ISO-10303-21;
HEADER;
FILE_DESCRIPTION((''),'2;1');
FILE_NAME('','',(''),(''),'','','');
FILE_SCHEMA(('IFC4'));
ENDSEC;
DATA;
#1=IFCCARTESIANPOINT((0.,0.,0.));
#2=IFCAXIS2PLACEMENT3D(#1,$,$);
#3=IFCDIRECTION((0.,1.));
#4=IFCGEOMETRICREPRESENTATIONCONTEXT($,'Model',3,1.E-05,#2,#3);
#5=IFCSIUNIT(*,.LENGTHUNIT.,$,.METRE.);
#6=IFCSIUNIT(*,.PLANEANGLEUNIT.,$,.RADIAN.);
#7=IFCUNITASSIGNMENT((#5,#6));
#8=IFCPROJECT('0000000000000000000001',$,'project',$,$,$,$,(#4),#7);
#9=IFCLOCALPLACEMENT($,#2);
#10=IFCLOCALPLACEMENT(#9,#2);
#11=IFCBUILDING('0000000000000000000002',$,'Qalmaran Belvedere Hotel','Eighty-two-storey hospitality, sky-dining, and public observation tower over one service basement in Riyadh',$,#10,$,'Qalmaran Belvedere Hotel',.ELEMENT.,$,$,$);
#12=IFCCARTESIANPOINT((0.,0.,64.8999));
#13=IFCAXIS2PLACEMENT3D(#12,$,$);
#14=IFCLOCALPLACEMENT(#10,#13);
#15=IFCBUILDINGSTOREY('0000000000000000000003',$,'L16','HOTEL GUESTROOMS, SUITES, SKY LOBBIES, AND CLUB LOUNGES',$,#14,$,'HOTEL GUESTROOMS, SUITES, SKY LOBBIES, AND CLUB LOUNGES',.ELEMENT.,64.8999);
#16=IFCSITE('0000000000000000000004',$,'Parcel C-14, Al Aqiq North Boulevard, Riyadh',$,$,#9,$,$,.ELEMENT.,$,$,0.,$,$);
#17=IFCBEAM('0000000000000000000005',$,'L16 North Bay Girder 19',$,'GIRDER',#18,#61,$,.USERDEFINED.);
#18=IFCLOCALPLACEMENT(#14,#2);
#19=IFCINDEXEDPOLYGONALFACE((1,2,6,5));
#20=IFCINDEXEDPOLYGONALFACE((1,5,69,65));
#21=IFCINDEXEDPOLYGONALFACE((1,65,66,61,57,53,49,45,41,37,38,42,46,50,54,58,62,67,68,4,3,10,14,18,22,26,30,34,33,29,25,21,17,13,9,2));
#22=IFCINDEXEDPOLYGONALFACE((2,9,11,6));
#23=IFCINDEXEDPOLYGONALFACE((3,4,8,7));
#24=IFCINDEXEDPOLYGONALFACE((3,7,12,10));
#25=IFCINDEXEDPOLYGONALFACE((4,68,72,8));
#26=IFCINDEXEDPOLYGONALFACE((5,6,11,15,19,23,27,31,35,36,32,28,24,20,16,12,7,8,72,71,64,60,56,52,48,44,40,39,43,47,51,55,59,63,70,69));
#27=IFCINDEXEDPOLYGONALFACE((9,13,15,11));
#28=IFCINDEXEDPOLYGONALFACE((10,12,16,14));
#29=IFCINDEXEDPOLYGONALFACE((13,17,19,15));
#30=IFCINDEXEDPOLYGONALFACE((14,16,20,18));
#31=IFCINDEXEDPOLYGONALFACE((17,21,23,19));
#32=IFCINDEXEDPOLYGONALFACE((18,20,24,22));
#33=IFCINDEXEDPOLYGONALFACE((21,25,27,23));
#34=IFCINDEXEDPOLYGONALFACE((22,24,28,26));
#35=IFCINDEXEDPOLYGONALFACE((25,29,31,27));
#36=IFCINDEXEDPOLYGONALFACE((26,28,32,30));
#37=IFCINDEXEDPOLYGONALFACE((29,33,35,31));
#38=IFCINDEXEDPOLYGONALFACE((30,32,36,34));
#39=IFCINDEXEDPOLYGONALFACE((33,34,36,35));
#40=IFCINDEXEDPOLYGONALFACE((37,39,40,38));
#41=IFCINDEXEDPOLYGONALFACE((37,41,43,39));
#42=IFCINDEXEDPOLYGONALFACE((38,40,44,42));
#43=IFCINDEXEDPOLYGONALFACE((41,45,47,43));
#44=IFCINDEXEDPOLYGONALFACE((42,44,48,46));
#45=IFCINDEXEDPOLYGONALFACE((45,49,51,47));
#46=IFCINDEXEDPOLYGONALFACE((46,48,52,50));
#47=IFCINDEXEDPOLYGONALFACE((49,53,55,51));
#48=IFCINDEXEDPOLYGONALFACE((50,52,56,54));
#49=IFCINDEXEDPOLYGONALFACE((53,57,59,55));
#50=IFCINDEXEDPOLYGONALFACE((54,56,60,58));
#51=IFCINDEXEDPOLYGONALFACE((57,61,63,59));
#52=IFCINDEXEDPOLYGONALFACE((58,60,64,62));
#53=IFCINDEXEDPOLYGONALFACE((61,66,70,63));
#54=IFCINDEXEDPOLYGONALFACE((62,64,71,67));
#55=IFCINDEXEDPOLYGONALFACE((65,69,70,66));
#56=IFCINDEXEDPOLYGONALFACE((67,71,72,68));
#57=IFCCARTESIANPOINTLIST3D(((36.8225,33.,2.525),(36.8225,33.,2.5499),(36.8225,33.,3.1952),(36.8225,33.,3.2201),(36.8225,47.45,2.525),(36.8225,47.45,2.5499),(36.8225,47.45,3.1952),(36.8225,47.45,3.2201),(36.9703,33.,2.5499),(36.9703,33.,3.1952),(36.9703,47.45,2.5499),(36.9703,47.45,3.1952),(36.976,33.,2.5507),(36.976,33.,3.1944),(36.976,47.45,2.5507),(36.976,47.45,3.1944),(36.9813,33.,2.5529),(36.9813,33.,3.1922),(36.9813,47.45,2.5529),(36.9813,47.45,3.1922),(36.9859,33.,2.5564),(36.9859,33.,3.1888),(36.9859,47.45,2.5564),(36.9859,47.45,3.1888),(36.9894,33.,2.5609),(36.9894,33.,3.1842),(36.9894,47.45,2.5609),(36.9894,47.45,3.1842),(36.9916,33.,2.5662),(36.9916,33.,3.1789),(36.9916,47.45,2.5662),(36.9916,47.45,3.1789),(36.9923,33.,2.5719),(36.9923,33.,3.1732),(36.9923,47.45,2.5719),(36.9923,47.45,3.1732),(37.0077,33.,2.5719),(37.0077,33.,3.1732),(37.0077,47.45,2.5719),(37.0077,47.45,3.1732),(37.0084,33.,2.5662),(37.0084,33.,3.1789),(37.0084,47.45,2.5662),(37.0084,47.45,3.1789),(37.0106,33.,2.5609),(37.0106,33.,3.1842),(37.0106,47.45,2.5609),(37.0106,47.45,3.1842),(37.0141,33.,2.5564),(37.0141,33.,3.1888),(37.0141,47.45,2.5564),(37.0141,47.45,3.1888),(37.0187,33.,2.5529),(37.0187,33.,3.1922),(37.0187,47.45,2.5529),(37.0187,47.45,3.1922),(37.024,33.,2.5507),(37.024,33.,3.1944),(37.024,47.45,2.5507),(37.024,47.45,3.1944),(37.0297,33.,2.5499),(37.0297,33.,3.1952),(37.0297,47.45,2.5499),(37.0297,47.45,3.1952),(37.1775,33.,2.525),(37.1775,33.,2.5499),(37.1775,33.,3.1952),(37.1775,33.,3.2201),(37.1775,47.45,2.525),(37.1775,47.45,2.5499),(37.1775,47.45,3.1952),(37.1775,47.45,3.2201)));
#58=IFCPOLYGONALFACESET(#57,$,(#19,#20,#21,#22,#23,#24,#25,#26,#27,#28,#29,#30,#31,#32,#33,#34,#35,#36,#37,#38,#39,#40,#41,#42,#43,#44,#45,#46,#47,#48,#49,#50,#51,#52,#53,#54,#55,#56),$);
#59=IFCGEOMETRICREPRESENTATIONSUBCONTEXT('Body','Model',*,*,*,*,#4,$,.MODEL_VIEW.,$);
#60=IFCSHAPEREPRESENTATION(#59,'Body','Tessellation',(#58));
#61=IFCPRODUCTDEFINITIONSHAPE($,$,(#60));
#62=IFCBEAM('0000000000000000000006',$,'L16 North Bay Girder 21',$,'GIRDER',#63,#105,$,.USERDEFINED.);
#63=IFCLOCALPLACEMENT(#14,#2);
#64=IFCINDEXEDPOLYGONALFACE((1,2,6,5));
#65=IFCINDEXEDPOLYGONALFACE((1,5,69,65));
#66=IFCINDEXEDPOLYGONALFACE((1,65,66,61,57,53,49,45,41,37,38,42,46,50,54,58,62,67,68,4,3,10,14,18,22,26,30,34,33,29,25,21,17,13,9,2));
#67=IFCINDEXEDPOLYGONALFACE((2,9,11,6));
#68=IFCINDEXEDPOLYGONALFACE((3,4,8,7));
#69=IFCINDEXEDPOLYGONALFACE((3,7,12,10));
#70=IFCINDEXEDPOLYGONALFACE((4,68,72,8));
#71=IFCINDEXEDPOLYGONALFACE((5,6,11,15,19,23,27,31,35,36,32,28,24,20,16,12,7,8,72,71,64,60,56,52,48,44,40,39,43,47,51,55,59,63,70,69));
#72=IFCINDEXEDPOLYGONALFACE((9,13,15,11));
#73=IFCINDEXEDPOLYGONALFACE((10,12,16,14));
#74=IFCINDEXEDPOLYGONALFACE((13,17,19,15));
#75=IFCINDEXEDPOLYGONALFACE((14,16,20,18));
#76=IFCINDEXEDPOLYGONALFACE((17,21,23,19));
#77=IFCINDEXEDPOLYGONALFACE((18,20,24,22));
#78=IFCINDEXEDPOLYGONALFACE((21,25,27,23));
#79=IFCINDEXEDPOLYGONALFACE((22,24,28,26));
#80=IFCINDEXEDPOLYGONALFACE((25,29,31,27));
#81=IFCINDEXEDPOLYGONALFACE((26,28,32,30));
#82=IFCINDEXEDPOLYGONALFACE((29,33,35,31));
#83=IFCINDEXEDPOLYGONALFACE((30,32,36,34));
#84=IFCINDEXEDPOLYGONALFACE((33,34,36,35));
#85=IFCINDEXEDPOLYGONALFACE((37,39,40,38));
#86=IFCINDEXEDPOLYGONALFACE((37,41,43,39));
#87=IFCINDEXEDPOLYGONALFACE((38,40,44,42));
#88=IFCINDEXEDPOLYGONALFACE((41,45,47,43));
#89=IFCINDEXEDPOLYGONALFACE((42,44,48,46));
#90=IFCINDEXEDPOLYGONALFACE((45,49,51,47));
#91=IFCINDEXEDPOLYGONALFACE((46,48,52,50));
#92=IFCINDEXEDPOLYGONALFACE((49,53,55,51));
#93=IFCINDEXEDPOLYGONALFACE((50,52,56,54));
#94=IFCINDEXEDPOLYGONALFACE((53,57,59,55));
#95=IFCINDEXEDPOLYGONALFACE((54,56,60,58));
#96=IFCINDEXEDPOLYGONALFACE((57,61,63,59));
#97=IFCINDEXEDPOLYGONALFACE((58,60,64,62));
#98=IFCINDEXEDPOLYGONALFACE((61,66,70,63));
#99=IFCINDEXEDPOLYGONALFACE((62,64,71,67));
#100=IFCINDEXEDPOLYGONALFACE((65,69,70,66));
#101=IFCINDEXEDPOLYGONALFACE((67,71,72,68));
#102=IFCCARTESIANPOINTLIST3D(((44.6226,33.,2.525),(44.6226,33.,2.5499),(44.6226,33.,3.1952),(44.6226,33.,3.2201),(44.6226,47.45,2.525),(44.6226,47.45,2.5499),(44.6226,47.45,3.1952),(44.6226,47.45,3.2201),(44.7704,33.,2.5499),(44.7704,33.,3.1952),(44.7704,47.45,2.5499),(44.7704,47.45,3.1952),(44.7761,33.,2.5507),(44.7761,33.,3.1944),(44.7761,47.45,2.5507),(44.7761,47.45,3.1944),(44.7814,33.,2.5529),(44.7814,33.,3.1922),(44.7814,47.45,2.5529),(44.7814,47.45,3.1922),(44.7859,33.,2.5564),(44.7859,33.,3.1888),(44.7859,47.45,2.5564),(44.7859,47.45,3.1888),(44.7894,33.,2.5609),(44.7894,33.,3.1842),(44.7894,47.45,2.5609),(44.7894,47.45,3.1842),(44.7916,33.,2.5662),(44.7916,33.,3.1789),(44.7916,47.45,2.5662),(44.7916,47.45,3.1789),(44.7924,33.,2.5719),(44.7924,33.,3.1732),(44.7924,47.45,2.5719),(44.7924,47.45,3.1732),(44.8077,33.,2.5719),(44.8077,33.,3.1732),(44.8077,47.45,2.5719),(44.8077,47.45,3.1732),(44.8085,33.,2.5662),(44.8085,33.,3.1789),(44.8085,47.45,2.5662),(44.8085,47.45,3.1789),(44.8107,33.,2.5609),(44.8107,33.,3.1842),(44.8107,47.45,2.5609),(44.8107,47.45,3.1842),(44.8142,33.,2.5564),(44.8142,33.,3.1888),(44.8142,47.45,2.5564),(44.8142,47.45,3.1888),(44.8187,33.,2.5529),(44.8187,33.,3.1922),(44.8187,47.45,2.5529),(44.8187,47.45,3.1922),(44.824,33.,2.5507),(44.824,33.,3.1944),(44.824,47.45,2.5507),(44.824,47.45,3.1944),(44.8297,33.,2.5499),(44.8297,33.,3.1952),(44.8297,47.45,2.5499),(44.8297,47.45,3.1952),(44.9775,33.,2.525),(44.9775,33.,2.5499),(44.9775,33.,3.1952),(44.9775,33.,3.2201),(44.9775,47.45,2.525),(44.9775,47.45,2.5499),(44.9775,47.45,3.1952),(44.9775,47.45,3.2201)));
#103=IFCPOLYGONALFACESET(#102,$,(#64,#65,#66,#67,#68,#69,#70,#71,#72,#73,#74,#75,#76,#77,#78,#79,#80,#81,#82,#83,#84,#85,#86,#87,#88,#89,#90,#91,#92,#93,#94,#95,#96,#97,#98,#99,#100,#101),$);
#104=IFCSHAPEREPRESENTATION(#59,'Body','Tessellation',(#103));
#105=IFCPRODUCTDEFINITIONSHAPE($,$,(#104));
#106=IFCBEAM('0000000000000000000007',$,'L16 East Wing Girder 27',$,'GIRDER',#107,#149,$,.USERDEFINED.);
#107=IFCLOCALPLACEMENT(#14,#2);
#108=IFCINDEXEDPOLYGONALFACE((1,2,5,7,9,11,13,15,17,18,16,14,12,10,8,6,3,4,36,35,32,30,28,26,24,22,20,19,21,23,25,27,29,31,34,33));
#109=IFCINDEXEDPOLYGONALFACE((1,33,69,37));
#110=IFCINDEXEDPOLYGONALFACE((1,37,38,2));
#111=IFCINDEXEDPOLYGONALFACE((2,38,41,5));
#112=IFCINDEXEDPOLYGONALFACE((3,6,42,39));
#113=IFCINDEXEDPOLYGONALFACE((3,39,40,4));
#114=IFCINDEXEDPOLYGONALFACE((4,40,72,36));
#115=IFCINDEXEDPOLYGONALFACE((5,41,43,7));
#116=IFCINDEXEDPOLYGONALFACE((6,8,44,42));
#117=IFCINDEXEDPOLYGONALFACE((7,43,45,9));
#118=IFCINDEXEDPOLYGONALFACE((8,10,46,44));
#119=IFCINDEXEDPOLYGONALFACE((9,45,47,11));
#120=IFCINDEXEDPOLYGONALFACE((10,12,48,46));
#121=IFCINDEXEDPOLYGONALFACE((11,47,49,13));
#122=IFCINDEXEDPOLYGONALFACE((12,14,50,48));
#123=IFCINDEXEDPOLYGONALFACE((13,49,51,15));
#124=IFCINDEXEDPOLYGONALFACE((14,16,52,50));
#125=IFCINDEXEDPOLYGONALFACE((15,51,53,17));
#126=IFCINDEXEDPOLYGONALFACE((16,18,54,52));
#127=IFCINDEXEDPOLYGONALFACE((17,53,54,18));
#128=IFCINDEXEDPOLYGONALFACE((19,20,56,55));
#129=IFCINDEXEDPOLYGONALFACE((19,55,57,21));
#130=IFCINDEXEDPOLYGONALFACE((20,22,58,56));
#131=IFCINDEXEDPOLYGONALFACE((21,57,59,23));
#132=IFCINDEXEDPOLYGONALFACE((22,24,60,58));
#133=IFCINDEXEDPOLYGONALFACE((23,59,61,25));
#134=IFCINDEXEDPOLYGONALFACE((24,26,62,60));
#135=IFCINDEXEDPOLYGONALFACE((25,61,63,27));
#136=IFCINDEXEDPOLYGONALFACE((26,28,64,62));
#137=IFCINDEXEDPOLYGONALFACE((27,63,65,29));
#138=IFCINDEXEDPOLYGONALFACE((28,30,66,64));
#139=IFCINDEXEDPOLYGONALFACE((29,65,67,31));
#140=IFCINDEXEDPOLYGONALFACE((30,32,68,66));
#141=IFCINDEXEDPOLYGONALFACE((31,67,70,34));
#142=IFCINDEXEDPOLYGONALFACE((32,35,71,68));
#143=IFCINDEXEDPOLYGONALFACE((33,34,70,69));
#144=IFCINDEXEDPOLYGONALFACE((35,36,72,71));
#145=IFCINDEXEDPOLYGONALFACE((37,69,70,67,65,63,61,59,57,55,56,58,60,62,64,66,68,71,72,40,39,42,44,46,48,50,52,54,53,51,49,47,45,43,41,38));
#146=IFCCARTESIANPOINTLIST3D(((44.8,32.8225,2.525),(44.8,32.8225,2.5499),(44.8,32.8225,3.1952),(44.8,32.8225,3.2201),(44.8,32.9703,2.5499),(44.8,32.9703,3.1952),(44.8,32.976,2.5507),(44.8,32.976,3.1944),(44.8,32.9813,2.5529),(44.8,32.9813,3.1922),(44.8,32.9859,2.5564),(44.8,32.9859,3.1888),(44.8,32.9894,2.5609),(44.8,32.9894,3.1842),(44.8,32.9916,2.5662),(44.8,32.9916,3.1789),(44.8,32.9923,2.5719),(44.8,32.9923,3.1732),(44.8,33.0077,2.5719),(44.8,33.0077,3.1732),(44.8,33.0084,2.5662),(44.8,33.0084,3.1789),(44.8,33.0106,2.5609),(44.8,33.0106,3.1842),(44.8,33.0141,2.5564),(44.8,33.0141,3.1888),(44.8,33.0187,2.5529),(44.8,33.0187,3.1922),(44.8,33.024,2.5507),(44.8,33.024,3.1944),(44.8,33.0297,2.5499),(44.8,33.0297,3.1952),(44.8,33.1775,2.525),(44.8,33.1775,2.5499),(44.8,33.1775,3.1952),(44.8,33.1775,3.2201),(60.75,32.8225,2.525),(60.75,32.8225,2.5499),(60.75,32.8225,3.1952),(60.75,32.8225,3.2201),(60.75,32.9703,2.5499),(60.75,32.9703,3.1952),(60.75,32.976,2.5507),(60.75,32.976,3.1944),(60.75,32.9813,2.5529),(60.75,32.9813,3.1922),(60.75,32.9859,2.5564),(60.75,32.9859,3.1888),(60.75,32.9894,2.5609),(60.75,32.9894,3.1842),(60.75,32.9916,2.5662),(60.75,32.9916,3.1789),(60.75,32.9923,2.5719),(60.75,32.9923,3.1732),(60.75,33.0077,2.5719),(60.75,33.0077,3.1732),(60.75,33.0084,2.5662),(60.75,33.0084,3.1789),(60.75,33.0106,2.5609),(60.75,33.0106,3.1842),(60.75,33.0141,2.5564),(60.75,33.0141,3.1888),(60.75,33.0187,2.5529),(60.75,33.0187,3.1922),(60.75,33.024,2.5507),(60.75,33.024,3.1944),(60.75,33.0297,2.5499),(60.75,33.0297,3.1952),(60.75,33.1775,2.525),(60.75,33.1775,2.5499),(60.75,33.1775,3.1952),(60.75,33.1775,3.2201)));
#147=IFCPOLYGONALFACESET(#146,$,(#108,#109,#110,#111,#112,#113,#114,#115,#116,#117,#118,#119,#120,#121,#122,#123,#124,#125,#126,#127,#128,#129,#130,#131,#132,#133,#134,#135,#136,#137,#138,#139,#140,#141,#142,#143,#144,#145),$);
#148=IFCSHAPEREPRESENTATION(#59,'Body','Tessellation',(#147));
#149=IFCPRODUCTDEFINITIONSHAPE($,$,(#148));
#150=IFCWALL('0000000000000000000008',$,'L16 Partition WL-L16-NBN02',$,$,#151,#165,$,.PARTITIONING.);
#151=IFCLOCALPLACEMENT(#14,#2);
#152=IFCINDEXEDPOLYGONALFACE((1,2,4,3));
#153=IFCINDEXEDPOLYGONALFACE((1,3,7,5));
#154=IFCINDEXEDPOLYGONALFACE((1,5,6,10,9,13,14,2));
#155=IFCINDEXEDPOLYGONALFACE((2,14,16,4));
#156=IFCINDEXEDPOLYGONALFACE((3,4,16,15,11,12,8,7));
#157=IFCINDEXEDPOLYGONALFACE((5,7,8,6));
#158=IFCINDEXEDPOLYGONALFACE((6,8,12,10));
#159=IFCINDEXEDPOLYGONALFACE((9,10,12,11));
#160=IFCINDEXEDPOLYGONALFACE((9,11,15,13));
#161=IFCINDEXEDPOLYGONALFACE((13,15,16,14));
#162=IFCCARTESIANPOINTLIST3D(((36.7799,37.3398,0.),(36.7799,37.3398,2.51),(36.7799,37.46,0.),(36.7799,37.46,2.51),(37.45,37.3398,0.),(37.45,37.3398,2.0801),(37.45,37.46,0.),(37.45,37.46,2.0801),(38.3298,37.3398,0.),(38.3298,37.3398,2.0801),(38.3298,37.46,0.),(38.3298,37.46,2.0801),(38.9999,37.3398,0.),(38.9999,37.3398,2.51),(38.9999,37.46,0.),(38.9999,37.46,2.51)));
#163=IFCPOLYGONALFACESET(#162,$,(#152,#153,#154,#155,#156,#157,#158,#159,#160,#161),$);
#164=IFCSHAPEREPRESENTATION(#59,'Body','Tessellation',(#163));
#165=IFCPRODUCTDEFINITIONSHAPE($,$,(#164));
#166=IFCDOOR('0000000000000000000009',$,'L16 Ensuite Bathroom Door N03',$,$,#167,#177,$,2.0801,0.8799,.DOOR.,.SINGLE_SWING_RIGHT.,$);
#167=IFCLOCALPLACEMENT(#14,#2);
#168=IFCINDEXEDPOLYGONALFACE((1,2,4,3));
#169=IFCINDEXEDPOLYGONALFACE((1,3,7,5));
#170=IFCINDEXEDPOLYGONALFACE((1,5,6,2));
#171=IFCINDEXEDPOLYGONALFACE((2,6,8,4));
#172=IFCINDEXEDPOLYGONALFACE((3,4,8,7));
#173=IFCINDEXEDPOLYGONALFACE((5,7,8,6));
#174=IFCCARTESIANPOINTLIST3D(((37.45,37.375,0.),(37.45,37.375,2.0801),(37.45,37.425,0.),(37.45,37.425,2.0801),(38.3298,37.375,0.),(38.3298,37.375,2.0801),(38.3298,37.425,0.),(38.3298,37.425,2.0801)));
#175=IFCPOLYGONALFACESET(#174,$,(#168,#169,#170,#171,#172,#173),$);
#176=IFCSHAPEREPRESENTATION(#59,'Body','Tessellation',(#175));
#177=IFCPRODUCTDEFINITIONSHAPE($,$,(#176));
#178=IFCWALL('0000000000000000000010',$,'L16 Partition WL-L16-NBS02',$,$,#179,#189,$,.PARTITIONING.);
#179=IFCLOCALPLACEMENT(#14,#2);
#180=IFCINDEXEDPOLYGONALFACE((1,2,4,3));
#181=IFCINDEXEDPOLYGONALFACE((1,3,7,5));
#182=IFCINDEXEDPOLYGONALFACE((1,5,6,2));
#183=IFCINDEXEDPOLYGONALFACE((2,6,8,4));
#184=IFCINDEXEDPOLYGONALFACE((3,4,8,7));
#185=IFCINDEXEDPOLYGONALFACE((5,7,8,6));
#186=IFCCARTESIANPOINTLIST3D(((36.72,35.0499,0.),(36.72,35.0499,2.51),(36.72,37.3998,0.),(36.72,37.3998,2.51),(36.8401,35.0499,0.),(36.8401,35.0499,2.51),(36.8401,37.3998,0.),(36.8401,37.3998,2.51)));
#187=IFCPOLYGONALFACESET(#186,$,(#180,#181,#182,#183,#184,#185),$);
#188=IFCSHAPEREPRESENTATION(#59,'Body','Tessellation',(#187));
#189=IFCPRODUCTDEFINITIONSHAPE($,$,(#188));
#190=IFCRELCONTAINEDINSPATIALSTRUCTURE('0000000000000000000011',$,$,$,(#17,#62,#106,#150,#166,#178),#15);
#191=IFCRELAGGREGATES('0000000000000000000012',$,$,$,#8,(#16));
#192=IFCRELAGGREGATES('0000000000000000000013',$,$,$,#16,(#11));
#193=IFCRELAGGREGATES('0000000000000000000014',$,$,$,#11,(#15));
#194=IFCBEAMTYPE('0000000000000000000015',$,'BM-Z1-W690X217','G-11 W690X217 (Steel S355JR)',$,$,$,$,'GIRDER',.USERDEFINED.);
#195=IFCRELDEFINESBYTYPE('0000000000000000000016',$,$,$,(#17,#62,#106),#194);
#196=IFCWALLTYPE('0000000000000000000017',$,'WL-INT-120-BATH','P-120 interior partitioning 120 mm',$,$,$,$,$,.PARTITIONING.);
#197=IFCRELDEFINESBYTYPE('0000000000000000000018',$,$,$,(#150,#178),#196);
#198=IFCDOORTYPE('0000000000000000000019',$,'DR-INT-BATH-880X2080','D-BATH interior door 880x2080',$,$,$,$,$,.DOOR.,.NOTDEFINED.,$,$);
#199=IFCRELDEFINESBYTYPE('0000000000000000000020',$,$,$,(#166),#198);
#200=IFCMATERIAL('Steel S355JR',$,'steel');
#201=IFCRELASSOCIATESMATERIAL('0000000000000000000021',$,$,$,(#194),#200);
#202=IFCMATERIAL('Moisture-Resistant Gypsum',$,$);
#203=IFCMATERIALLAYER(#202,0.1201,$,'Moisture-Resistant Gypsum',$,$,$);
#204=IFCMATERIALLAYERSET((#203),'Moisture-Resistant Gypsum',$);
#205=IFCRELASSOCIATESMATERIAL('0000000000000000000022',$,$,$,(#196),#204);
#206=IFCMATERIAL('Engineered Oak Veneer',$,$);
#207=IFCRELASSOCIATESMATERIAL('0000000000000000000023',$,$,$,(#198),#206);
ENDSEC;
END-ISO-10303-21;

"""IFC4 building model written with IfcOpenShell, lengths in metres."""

from ifc_helpers import new_model, si_unit, direction, frame, frame_2d, origin, origin_2d, place, context, subcontext, project, spatial, rectangle, i_section, extrude, material, layer, layer_set, material_profile, profile_set, type_object, element, fill, save


model = new_model("IFC4")

# Units and contexts
model_context = context("Model", 3, precision=1e-05, world=origin(), true_north=direction((0.0, 1.0)))
body_context = subcontext(model_context, "Body", "Model", "MODEL_VIEW")
ifc_project = project(units=[si_unit("LENGTHUNIT", "METRE"), si_unit("PLANEANGLEUNIT", "RADIAN")], contexts=[model_context])

# Site, building, storey
site_placement = place(None, origin())
site = spatial("IfcSite", under=ifc_project, at=site_placement, Name="Parcel C-14, Al Aqiq North Boulevard, Riyadh", CompositionType="ELEMENT", RefElevation=0.0)
building_placement = place(site_placement, origin())
building = spatial("IfcBuilding", under=site, at=building_placement, Name="Qalmaran Belvedere Hotel", Description="Eighty-two-storey hospitality, sky-dining, and public observation tower over one service basement in Riyadh", LongName="Qalmaran Belvedere Hotel", CompositionType="ELEMENT")
storey_placement = place(building_placement, frame((0.0, 0.0, 64.8999)))
storey = spatial("IfcBuildingStorey", under=building, at=storey_placement, Name="L16", Description="HOTEL GUESTROOMS, SUITES, SKY LOBBIES, AND CLUB LOUNGES", LongName="HOTEL GUESTROOMS, SUITES, SKY LOBBIES, AND CLUB LOUNGES", CompositionType="ELEMENT", Elevation=64.8999)

# Beams
ifc_material_1 = material(Name="Steel S355JR", Category="steel")
ifc_material_profile_1 = material_profile(ifc_material_1, i_section(OverallWidth=0.355, OverallDepth=0.6951, WebThickness=0.0154, FlangeThickness=0.0249, FilletRadius=0.022, at=origin_2d()), Name="W690X217")
ifc_profile_set_1 = profile_set([ifc_material_profile_1], Name="Steel S355JR")
beam_type_1 = type_object("IfcBeamType", Name="BM-Z1-W690X217", Description="G-11 W690X217 (Steel S355JR)", ElementType="GIRDER", PredefinedType="USERDEFINED", material=ifc_profile_set_1)
for number, where, z_axis, x_axis, name in (
    (1, (37.0, 33.0, 2.8726), (0.0, 1.0, 0.0), (-1.0, 0.0, 0.0), "L16 North Bay Girder 19"),
    (2, (44.8, 33.0, 2.8726), (0.0, 1.0, 0.0), (-1.0, 0.0, 0.0), "L16 North Bay Girder 21"),
):
    element("IfcBeam", number, at=place(storey_placement, frame(where, z_axis=z_axis, x_axis=x_axis)), inside=storey, type_object=beam_type_1, Name=name, ObjectType="GIRDER", PredefinedType="USERDEFINED", context=body_context, shape_type="SweptSolid", body=[
        extrude(i_section(OverallWidth=0.355, OverallDepth=0.6951, WebThickness=0.0154, FlangeThickness=0.0249, FilletRadius=0.022, at=origin_2d()), origin(), (0.0, 0.0, 1.0), 14.45),
    ])
beam_1_placement = place(storey_placement, frame((44.8, 33.0, 2.8726), z_axis=(1.0, 0.0, 0.0), x_axis=(0.0, 1.0, 0.0)))
element("IfcBeam", 3, at=beam_1_placement, inside=storey, type_object=beam_type_1, Name="L16 East Wing Girder 27", ObjectType="GIRDER", PredefinedType="USERDEFINED", context=body_context, shape_type="SweptSolid", body=[
    extrude(i_section(OverallWidth=0.355, OverallDepth=0.6951, WebThickness=0.0154, FlangeThickness=0.0249, FilletRadius=0.022, at=origin_2d()), origin(), (0.0, 0.0, 1.0), 15.95),
])

# Wall, opening, door
ifc_material_2 = material(Name="Moisture-Resistant Gypsum")
ifc_layer_1 = layer(ifc_material_2, 0.1201, Name="Moisture-Resistant Gypsum")
ifc_layer_set_1 = layer_set([ifc_layer_1], Name="Moisture-Resistant Gypsum")
wall_type_1 = type_object("IfcWallType", Name="WL-INT-120-BATH", Description="P-120 interior partitioning 120 mm", PredefinedType="PARTITIONING", material=ifc_layer_set_1)
wall_1_placement = place(storey_placement, frame((36.78, 37.3999, 0.0), z_axis=(0.0, 0.0, 1.0), x_axis=(1.0, 0.0, 0.0)))
wall_1 = element("IfcWall", 4, at=wall_1_placement, inside=storey, type_object=wall_type_1, Name="L16 Partition WL-L16-NBN02", PredefinedType="PARTITIONING", context=body_context, shape_type="SweptSolid", body=[
    extrude(rectangle(XDim=2.22, YDim=0.1201, at=frame_2d((1.1099, 0.0))), origin(), (0.0, 0.0, 1.0), 2.51),
])
opening_1_placement = place(wall_1_placement, frame((1.5498, 0.0, 0.0), z_axis=(0.0, 0.0, 1.0), x_axis=(-1.0, 0.0, 0.0)))
opening_1 = element("IfcOpeningElement", 5, at=opening_1_placement, cuts=wall_1, PredefinedType="OPENING", context=body_context, shape_type="SweptSolid", body=[
    extrude(rectangle(XDim=0.8799, YDim=2.0801, at=frame_2d((0.4399, 1.04))), frame((0.0, 0.0701, 0.0), z_axis=(0.0, -1.0, 0.0), x_axis=(1.0, 0.0, 0.0)), (0.0, 0.0, 1.0), 0.1401),
])
ifc_material_3 = material(Name="Engineered Oak Veneer")
door_type_1 = type_object("IfcDoorType", Name="DR-INT-BATH-880X2080", Description="D-BATH interior door 880x2080", OperationType="NOTDEFINED", PredefinedType="DOOR", material=ifc_material_3)
door_1_placement = place(opening_1_placement, origin())
door_1 = element("IfcDoor", 6, at=door_1_placement, inside=storey, type_object=door_type_1, Name="L16 Ensuite Bathroom Door N03", OperationType="SINGLE_SWING_RIGHT", OverallHeight=2.0801, OverallWidth=0.8799, PredefinedType="DOOR", context=body_context, shape_type="SweptSolid", body=[
    extrude(rectangle(XDim=0.8799, YDim=2.0801, at=frame_2d((0.4399, 1.04))), frame((0.0, 0.0249, 0.0), z_axis=(0.0, -1.0, 0.0), x_axis=(1.0, 0.0, 0.0)), (0.0, 0.0, 1.0), 0.05),
])
fill(opening_1, door_1)

# Wall
wall_2_placement = place(storey_placement, frame((36.78, 35.05, 0.0), z_axis=(0.0, 0.0, 1.0), x_axis=(0.0, 1.0, 0.0)))
element("IfcWall", 7, at=wall_2_placement, inside=storey, type_object=wall_type_1, Name="L16 Partition WL-L16-NBS02", PredefinedType="PARTITIONING", context=body_context, shape_type="SweptSolid", body=[
    extrude(rectangle(XDim=2.3499, YDim=0.1201, at=frame_2d((1.1748, 0.0))), origin(), (0.0, 0.0, 1.0), 2.51),
])

save(model, "model.ifc")
